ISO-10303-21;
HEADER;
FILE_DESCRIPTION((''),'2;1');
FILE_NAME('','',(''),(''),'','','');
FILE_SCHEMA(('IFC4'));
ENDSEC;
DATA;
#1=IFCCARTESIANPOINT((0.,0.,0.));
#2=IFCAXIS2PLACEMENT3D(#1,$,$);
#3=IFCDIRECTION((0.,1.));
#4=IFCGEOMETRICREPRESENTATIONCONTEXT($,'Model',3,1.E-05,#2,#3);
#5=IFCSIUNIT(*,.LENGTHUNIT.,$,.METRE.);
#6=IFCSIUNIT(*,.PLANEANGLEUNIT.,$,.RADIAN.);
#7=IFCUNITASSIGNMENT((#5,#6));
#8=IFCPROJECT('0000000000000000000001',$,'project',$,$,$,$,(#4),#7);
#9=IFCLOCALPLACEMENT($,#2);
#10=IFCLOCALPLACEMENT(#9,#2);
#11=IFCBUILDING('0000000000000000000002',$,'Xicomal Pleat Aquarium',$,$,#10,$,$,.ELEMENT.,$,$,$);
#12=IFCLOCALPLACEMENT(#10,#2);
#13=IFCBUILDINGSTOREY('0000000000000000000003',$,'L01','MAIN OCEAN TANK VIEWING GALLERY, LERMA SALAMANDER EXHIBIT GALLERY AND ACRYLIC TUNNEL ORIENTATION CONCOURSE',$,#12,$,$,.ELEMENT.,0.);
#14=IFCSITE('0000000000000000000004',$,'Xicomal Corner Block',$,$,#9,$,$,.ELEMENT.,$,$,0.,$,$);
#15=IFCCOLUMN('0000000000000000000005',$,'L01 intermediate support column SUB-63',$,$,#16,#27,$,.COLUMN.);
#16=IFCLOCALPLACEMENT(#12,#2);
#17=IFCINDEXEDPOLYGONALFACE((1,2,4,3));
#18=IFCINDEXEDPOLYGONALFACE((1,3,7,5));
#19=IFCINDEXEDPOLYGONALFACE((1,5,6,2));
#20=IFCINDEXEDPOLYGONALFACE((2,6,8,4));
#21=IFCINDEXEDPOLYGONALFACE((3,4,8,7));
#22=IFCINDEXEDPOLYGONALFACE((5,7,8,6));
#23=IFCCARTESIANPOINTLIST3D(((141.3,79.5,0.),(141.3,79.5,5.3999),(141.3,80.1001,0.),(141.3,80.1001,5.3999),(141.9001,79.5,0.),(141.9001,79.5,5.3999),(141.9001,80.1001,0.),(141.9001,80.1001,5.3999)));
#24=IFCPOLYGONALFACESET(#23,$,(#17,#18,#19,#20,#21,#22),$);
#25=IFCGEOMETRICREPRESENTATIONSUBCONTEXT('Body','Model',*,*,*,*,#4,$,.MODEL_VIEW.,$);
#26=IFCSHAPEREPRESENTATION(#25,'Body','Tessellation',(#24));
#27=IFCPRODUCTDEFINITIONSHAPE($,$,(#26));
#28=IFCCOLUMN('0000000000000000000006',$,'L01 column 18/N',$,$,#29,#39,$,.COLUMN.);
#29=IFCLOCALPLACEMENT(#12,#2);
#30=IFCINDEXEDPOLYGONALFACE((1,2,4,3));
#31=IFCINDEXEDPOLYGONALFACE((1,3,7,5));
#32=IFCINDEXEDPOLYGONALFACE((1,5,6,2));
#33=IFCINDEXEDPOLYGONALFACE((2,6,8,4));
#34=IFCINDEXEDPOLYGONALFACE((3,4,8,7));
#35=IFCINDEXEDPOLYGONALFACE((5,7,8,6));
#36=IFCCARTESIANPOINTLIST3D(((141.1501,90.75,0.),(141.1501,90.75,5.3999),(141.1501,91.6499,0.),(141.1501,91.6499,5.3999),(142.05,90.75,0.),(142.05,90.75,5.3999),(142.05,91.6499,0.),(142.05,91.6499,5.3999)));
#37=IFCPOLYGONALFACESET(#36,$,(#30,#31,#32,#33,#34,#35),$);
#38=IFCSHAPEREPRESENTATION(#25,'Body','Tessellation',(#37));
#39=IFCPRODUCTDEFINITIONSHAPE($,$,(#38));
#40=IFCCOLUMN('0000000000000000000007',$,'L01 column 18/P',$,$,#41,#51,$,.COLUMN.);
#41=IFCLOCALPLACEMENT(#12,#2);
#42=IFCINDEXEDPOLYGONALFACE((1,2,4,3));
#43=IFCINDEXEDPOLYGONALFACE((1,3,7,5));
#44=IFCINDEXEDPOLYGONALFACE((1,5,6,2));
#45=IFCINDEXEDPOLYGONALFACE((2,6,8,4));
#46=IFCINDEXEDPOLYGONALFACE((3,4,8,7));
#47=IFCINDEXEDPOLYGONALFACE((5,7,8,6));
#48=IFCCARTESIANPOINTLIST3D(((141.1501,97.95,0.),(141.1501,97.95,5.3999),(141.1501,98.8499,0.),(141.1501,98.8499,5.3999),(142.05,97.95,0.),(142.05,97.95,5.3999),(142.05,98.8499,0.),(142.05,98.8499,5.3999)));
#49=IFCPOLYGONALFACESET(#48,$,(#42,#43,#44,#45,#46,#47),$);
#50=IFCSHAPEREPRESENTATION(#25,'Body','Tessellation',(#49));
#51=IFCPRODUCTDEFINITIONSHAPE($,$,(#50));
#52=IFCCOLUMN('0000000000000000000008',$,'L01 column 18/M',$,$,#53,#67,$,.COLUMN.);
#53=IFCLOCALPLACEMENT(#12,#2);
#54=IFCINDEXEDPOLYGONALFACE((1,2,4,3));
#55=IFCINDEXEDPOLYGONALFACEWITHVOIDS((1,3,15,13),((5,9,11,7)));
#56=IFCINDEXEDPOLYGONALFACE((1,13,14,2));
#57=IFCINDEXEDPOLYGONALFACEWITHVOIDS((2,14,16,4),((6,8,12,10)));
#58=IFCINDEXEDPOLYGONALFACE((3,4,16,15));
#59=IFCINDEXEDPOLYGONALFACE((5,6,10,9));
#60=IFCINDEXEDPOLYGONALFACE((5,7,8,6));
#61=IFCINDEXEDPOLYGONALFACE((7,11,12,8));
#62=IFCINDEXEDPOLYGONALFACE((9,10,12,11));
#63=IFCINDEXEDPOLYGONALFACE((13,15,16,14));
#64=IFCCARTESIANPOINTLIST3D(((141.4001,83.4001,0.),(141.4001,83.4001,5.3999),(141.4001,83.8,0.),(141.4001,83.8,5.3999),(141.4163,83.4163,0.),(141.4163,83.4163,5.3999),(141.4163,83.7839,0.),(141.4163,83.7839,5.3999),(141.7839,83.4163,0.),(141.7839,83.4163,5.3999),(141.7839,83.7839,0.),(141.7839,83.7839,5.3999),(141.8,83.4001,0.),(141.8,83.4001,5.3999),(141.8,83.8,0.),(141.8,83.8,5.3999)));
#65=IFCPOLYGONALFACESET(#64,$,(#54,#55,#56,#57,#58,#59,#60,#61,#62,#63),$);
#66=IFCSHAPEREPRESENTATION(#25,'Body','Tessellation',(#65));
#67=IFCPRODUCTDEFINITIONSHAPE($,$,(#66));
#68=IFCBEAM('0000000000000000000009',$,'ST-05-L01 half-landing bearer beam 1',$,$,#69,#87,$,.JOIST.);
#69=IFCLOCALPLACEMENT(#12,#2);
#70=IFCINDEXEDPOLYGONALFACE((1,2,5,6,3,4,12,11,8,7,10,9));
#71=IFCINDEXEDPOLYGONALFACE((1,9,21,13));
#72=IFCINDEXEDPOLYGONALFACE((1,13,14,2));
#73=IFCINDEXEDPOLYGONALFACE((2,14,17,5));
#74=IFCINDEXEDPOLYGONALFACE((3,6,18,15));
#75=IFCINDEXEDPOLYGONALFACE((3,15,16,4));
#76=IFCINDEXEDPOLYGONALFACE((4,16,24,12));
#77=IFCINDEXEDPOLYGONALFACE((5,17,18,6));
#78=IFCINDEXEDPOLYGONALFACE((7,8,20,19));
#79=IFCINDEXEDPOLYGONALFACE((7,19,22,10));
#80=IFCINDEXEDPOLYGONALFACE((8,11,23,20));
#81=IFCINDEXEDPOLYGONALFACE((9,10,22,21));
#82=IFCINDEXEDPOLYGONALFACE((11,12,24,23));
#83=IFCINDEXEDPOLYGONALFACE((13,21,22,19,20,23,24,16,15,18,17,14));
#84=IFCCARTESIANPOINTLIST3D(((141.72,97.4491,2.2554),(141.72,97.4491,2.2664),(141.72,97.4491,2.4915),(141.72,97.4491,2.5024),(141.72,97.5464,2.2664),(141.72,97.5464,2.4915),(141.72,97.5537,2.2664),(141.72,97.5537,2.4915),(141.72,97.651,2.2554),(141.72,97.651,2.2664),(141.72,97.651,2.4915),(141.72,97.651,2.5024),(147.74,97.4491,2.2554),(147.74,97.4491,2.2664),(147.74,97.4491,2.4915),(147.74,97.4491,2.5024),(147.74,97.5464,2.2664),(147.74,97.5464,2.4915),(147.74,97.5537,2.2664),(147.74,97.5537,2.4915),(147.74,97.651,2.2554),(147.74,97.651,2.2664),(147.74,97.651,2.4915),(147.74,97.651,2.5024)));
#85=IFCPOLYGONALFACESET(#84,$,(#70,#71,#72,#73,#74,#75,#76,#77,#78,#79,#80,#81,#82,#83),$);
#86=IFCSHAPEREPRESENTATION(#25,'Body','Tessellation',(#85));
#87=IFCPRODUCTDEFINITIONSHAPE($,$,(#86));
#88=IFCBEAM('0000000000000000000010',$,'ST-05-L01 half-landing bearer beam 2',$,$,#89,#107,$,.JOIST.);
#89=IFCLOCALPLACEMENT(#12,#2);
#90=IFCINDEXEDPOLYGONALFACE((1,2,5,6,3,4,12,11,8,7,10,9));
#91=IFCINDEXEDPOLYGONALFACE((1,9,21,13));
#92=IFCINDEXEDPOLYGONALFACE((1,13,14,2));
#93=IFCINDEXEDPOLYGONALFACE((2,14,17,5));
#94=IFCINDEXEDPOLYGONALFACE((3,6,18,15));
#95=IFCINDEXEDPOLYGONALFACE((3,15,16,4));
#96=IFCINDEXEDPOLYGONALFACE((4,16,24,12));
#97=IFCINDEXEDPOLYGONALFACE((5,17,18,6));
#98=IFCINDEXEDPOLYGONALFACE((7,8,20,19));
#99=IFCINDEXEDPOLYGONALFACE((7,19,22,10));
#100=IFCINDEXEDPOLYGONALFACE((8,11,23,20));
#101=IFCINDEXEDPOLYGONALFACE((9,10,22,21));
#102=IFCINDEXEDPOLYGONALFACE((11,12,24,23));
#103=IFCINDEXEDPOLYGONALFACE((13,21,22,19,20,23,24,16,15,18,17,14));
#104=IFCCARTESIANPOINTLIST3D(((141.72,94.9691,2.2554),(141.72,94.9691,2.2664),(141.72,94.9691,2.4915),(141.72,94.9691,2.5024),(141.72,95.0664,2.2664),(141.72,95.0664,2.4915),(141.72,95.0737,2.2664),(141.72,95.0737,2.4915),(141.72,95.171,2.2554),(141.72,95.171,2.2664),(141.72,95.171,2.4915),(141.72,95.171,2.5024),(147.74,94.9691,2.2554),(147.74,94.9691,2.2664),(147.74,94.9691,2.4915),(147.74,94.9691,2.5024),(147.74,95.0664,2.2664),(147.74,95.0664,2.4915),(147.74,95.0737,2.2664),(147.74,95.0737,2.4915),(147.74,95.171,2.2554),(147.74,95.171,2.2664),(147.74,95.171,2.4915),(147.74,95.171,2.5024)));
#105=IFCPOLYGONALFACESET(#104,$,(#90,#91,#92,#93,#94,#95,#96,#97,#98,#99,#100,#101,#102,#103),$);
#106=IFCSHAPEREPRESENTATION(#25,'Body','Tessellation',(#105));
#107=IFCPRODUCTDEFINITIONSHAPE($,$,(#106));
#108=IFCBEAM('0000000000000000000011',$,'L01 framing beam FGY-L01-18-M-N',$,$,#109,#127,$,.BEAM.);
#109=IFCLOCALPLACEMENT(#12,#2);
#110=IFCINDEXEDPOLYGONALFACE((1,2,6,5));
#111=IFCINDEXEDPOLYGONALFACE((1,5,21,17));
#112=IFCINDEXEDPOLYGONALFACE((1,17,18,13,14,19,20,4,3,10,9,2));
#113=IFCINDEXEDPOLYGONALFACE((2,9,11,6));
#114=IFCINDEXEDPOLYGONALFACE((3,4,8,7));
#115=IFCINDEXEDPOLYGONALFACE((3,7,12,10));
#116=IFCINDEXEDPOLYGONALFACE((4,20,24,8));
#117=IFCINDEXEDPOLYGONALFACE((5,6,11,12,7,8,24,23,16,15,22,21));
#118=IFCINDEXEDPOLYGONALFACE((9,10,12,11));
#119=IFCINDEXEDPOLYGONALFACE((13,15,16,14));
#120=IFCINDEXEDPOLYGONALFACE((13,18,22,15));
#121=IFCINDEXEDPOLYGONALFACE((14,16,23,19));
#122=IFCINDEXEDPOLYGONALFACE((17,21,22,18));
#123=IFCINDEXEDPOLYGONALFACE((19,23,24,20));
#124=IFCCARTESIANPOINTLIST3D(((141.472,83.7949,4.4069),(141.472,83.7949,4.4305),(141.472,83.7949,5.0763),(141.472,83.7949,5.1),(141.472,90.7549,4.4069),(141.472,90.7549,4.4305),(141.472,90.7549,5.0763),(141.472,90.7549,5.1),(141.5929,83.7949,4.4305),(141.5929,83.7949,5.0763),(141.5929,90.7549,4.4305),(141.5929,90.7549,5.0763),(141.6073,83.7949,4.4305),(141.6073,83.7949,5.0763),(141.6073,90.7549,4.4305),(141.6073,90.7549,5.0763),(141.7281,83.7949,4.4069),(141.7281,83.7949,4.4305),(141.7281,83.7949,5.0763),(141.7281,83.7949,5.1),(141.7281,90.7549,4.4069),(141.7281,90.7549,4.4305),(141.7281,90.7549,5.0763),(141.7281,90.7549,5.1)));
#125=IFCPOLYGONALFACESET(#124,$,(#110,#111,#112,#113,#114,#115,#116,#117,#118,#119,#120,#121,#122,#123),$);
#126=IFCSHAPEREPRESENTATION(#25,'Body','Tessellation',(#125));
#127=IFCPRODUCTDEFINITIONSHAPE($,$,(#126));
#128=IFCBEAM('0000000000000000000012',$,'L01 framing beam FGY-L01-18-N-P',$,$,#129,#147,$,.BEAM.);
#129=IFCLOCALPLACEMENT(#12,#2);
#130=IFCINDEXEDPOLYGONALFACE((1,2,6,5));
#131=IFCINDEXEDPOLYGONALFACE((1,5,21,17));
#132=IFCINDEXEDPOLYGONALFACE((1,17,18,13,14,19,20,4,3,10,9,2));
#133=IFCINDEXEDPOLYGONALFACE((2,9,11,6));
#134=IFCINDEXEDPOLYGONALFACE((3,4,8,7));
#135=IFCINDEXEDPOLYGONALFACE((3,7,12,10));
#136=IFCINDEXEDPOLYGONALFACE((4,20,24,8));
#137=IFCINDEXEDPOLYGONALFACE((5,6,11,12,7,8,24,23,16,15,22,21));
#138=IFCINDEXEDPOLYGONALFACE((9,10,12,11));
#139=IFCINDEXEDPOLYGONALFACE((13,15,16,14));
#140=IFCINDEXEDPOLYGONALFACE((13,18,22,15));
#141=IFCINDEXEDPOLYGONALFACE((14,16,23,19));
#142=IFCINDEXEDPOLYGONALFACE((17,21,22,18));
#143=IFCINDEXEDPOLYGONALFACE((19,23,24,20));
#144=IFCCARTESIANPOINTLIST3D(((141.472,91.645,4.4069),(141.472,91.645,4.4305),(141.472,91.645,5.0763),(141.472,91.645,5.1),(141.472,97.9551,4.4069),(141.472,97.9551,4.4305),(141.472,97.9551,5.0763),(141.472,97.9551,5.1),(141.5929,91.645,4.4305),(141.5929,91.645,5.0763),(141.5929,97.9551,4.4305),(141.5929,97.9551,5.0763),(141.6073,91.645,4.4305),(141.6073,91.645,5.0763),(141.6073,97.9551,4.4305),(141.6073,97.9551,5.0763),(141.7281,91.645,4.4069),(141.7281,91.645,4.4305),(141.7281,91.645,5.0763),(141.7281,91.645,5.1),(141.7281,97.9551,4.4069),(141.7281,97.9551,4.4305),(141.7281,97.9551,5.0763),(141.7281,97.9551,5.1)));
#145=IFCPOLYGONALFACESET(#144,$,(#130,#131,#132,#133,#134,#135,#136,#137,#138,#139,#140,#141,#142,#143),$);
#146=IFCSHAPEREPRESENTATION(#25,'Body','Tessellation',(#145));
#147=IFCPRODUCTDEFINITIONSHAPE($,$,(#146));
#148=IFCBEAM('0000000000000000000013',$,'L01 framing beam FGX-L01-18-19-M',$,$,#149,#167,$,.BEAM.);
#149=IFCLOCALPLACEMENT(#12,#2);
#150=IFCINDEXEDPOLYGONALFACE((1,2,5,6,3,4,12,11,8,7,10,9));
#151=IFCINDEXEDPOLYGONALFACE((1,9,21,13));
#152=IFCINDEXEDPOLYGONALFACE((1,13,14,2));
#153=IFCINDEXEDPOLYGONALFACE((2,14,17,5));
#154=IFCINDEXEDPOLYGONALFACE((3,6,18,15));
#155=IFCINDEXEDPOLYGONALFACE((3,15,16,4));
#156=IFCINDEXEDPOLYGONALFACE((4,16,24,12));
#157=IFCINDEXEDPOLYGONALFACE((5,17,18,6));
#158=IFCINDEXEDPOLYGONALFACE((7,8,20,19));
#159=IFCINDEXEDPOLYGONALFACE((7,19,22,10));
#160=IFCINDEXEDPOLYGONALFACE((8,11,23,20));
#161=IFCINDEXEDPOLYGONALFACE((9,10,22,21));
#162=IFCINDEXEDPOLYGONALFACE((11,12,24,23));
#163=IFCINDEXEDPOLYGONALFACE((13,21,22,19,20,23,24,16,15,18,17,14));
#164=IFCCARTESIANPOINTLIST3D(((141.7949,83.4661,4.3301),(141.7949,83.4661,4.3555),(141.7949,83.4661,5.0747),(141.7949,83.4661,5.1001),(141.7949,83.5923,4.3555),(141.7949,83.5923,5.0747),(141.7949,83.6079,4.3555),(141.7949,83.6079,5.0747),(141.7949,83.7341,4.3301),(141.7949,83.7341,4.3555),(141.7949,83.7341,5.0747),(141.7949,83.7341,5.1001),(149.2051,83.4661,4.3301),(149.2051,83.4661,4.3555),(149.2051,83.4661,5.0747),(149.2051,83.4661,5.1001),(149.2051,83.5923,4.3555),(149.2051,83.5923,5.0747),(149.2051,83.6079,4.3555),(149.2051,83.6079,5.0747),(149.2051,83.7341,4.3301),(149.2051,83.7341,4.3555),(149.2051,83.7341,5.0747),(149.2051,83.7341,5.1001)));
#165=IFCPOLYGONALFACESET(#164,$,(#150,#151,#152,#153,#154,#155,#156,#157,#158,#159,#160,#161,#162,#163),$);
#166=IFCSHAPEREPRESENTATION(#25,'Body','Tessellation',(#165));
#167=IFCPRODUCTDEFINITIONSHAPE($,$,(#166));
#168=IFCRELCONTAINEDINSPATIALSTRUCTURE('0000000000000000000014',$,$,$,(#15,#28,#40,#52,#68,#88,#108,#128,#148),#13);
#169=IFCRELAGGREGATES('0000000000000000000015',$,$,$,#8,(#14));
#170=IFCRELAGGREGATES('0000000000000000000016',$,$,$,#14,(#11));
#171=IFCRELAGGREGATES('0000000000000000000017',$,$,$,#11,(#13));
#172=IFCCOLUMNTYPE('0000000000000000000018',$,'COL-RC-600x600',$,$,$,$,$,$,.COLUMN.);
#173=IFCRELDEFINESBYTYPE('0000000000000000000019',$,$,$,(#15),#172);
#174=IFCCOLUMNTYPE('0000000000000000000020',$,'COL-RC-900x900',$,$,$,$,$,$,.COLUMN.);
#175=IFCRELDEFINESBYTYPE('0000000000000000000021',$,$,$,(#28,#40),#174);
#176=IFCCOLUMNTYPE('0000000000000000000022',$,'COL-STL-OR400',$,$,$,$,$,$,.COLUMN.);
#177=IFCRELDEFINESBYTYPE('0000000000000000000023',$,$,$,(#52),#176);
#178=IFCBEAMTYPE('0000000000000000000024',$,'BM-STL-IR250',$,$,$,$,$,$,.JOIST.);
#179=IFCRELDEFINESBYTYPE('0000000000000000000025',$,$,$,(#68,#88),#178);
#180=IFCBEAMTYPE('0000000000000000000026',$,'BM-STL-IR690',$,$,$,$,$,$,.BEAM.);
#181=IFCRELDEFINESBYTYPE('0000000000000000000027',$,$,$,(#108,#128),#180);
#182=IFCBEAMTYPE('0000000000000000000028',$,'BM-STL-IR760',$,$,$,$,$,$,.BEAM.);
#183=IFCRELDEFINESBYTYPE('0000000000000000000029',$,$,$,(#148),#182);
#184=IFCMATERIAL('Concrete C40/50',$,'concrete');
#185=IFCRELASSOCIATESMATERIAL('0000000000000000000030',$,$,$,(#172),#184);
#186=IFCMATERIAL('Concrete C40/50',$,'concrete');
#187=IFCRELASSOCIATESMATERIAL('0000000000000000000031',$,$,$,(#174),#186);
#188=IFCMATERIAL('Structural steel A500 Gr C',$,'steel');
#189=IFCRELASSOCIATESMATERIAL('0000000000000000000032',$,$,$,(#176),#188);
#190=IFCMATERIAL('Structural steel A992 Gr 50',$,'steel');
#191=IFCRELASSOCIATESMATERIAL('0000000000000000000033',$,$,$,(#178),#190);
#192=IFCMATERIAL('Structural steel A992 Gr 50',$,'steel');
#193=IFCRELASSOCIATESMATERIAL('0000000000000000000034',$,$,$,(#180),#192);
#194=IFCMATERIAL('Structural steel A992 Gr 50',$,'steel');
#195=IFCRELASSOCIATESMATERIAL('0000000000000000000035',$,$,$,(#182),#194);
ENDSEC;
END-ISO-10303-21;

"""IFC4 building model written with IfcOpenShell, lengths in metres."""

from ifc_helpers import new_model, si_unit, direction, frame, origin, origin_2d, place, context, subcontext, project, spatial, rectangle, hollow_rectangle, i_section, extrude, material, material_profile, profile_set, type_object, element, save


model = new_model("IFC4")

# Units and contexts
model_context = context("Model", 3, precision=1e-05, world=origin(), true_north=direction((0.0, 1.0)))
body_context = subcontext(model_context, "Body", "Model", "MODEL_VIEW")
ifc_project = project(units=[si_unit("LENGTHUNIT", "METRE"), si_unit("PLANEANGLEUNIT", "RADIAN")], contexts=[model_context])

# Site, building, storey
site_placement = place(None, origin())
site = spatial("IfcSite", under=ifc_project, at=site_placement, Name="Xicomal Corner Block", CompositionType="ELEMENT", RefElevation=0.0)
building_placement = place(site_placement, origin())
building = spatial("IfcBuilding", under=site, at=building_placement, Name="Xicomal Pleat Aquarium", CompositionType="ELEMENT")
storey_placement = place(building_placement, origin())
storey = spatial("IfcBuildingStorey", under=building, at=storey_placement, Name="L01", Description="MAIN OCEAN TANK VIEWING GALLERY, LERMA SALAMANDER EXHIBIT GALLERY AND ACRYLIC TUNNEL ORIENTATION CONCOURSE", CompositionType="ELEMENT", Elevation=0.0)

# Columns
ifc_material_1 = material(Name="Concrete C40/50", Category="concrete")
ifc_material_profile_1 = material_profile(ifc_material_1, rectangle(XDim=0.6001, YDim=0.6001, at=origin_2d()), Name="RC 600x600")
ifc_profile_set_1 = profile_set([ifc_material_profile_1], Name="Concrete C40/50")
column_type_1 = type_object("IfcColumnType", Name="COL-RC-600x600", PredefinedType="COLUMN", material=ifc_profile_set_1)
column_1_placement = place(storey_placement, frame((141.6001, 79.8, 0.0), z_axis=(0.0, 0.0, 1.0), x_axis=(1.0, 0.0, 0.0)))
element("IfcColumn", 1, at=column_1_placement, inside=storey, type_object=column_type_1, Name="L01 intermediate support column SUB-63", PredefinedType="COLUMN", context=body_context, shape_type="SweptSolid", body=[
    extrude(rectangle(XDim=0.6001, YDim=0.6001, at=origin_2d()), origin(), (0.0, 0.0, 1.0), 5.3999),
])
ifc_material_2 = material(Name="Concrete C40/50", Category="concrete")
ifc_material_profile_2 = material_profile(ifc_material_2, rectangle(XDim=0.8999, YDim=0.8999, at=origin_2d()), Name="RC 900x900")
ifc_profile_set_2 = profile_set([ifc_material_profile_2], Name="Concrete C40/50")
column_type_2 = type_object("IfcColumnType", Name="COL-RC-900x900", PredefinedType="COLUMN", material=ifc_profile_set_2)
for number, where, z_axis, x_axis, name in (
    (2, (141.6001, 91.2, 0.0), (0.0, 0.0, 1.0), (1.0, 0.0, 0.0), "L01 column 18/N"),
    (3, (141.6001, 98.3999, 0.0), (0.0, 0.0, 1.0), (1.0, 0.0, 0.0), "L01 column 18/P"),
):
    element("IfcColumn", number, at=place(storey_placement, frame(where, z_axis=z_axis, x_axis=x_axis)), inside=storey, type_object=column_type_2, Name=name, PredefinedType="COLUMN", context=body_context, shape_type="SweptSolid", body=[
        extrude(rectangle(XDim=0.8999, YDim=0.8999, at=origin_2d()), origin(), (0.0, 0.0, 1.0), 5.3999),
    ])
ifc_material_3 = material(Name="Structural steel A500 Gr C", Category="steel")
ifc_material_profile_3 = material_profile(ifc_material_3, hollow_rectangle(XDim=0.3999, YDim=0.3999, WallThickness=0.0161, at=origin_2d()), Name="OR 400x400x16")
ifc_profile_set_3 = profile_set([ifc_material_profile_3], Name="Structural steel A500 Gr C")
column_type_3 = type_object("IfcColumnType", Name="COL-STL-OR400", PredefinedType="COLUMN", material=ifc_profile_set_3)
column_2_placement = place(storey_placement, frame((141.6001, 83.6001, 0.0), z_axis=(0.0, 0.0, 1.0), x_axis=(1.0, 0.0, 0.0)))
element("IfcColumn", 4, at=column_2_placement, inside=storey, type_object=column_type_3, Name="L01 column 18/M", PredefinedType="COLUMN", context=body_context, shape_type="SweptSolid", body=[
    extrude(hollow_rectangle(XDim=0.3999, YDim=0.3999, WallThickness=0.0161, at=origin_2d()), origin(), (0.0, 0.0, 1.0), 5.3999),
])

# Beams
ifc_material_4 = material(Name="Structural steel A992 Gr 50", Category="steel")
ifc_material_profile_4 = material_profile(ifc_material_4, i_section(OverallWidth=0.2019, OverallDepth=0.2471, WebThickness=0.0073, FlangeThickness=0.011, at=origin_2d()), Name="IR 250x49")
ifc_profile_set_4 = profile_set([ifc_material_profile_4], Name="Structural steel A992 Gr 50")
beam_type_1 = type_object("IfcBeamType", Name="BM-STL-IR250", PredefinedType="JOIST", material=ifc_profile_set_4)
for number, where, z_axis, x_axis, name in (
    (5, (141.72, 97.55, 2.3789), (1.0, 0.0, 0.0), (0.0, 1.0, 0.0), "ST-05-L01 half-landing bearer beam 1"),
    (6, (141.72, 95.0701, 2.3789), (1.0, 0.0, 0.0), (0.0, 1.0, 0.0), "ST-05-L01 half-landing bearer beam 2"),
):
    element("IfcBeam", number, at=place(storey_placement, frame(where, z_axis=z_axis, x_axis=x_axis)), inside=storey, type_object=beam_type_1, Name=name, PredefinedType="JOIST", context=body_context, shape_type="SweptSolid", body=[
        extrude(i_section(OverallWidth=0.2019, OverallDepth=0.2471, WebThickness=0.0073, FlangeThickness=0.011, at=origin_2d()), origin(), (0.0, 0.0, 1.0), 6.02),
    ])
ifc_material_5 = material(Name="Structural steel A992 Gr 50", Category="steel")
ifc_material_profile_5 = material_profile(ifc_material_5, i_section(OverallWidth=0.2561, OverallDepth=0.6931, WebThickness=0.0144, FlangeThickness=0.0237, at=origin_2d()), Name="IR 690x170")
ifc_profile_set_5 = profile_set([ifc_material_profile_5], Name="Structural steel A992 Gr 50")
beam_type_2 = type_object("IfcBeamType", Name="BM-STL-IR690", PredefinedType="BEAM", material=ifc_profile_set_5)
beam_1_placement = place(storey_placement, frame((141.6001, 83.7949, 4.7534), z_axis=(0.0, 1.0, 0.0), x_axis=(-1.0, 0.0, 0.0)))
element("IfcBeam", 7, at=beam_1_placement, inside=storey, type_object=beam_type_2, Name="L01 framing beam FGY-L01-18-M-N", PredefinedType="BEAM", context=body_context, shape_type="SweptSolid", body=[
    extrude(i_section(OverallWidth=0.2561, OverallDepth=0.6931, WebThickness=0.0144, FlangeThickness=0.0237, at=origin_2d()), origin(), (0.0, 0.0, 1.0), 6.96),
])
beam_2_placement = place(storey_placement, frame((141.6001, 91.645, 4.7534), z_axis=(0.0, 1.0, 0.0), x_axis=(-1.0, 0.0, 0.0)))
element("IfcBeam", 8, at=beam_2_placement, inside=storey, type_object=beam_type_2, Name="L01 framing beam FGY-L01-18-N-P", PredefinedType="BEAM", context=body_context, shape_type="SweptSolid", body=[
    extrude(i_section(OverallWidth=0.2561, OverallDepth=0.6931, WebThickness=0.0144, FlangeThickness=0.0237, at=origin_2d()), origin(), (0.0, 0.0, 1.0), 6.3101),
])
ifc_material_6 = material(Name="Structural steel A992 Gr 50", Category="steel")
ifc_material_profile_6 = material_profile(ifc_material_6, i_section(OverallWidth=0.2681, OverallDepth=0.77, WebThickness=0.0156, FlangeThickness=0.0254, at=origin_2d()), Name="IR 760x196")
ifc_profile_set_6 = profile_set([ifc_material_profile_6], Name="Structural steel A992 Gr 50")
beam_type_3 = type_object("IfcBeamType", Name="BM-STL-IR760", PredefinedType="BEAM", material=ifc_profile_set_6)
beam_3_placement = place(storey_placement, frame((141.7949, 83.6001, 4.7151), z_axis=(1.0, 0.0, 0.0), x_axis=(0.0, 1.0, 0.0)))
element("IfcBeam", 9, at=beam_3_placement, inside=storey, type_object=beam_type_3, Name="L01 framing beam FGX-L01-18-19-M", PredefinedType="BEAM", context=body_context, shape_type="SweptSolid", body=[
    extrude(i_section(OverallWidth=0.2681, OverallDepth=0.77, WebThickness=0.0156, FlangeThickness=0.0254, at=origin_2d()), origin(), (0.0, 0.0, 1.0), 7.4102),
])

save(model, "model.ifc")
